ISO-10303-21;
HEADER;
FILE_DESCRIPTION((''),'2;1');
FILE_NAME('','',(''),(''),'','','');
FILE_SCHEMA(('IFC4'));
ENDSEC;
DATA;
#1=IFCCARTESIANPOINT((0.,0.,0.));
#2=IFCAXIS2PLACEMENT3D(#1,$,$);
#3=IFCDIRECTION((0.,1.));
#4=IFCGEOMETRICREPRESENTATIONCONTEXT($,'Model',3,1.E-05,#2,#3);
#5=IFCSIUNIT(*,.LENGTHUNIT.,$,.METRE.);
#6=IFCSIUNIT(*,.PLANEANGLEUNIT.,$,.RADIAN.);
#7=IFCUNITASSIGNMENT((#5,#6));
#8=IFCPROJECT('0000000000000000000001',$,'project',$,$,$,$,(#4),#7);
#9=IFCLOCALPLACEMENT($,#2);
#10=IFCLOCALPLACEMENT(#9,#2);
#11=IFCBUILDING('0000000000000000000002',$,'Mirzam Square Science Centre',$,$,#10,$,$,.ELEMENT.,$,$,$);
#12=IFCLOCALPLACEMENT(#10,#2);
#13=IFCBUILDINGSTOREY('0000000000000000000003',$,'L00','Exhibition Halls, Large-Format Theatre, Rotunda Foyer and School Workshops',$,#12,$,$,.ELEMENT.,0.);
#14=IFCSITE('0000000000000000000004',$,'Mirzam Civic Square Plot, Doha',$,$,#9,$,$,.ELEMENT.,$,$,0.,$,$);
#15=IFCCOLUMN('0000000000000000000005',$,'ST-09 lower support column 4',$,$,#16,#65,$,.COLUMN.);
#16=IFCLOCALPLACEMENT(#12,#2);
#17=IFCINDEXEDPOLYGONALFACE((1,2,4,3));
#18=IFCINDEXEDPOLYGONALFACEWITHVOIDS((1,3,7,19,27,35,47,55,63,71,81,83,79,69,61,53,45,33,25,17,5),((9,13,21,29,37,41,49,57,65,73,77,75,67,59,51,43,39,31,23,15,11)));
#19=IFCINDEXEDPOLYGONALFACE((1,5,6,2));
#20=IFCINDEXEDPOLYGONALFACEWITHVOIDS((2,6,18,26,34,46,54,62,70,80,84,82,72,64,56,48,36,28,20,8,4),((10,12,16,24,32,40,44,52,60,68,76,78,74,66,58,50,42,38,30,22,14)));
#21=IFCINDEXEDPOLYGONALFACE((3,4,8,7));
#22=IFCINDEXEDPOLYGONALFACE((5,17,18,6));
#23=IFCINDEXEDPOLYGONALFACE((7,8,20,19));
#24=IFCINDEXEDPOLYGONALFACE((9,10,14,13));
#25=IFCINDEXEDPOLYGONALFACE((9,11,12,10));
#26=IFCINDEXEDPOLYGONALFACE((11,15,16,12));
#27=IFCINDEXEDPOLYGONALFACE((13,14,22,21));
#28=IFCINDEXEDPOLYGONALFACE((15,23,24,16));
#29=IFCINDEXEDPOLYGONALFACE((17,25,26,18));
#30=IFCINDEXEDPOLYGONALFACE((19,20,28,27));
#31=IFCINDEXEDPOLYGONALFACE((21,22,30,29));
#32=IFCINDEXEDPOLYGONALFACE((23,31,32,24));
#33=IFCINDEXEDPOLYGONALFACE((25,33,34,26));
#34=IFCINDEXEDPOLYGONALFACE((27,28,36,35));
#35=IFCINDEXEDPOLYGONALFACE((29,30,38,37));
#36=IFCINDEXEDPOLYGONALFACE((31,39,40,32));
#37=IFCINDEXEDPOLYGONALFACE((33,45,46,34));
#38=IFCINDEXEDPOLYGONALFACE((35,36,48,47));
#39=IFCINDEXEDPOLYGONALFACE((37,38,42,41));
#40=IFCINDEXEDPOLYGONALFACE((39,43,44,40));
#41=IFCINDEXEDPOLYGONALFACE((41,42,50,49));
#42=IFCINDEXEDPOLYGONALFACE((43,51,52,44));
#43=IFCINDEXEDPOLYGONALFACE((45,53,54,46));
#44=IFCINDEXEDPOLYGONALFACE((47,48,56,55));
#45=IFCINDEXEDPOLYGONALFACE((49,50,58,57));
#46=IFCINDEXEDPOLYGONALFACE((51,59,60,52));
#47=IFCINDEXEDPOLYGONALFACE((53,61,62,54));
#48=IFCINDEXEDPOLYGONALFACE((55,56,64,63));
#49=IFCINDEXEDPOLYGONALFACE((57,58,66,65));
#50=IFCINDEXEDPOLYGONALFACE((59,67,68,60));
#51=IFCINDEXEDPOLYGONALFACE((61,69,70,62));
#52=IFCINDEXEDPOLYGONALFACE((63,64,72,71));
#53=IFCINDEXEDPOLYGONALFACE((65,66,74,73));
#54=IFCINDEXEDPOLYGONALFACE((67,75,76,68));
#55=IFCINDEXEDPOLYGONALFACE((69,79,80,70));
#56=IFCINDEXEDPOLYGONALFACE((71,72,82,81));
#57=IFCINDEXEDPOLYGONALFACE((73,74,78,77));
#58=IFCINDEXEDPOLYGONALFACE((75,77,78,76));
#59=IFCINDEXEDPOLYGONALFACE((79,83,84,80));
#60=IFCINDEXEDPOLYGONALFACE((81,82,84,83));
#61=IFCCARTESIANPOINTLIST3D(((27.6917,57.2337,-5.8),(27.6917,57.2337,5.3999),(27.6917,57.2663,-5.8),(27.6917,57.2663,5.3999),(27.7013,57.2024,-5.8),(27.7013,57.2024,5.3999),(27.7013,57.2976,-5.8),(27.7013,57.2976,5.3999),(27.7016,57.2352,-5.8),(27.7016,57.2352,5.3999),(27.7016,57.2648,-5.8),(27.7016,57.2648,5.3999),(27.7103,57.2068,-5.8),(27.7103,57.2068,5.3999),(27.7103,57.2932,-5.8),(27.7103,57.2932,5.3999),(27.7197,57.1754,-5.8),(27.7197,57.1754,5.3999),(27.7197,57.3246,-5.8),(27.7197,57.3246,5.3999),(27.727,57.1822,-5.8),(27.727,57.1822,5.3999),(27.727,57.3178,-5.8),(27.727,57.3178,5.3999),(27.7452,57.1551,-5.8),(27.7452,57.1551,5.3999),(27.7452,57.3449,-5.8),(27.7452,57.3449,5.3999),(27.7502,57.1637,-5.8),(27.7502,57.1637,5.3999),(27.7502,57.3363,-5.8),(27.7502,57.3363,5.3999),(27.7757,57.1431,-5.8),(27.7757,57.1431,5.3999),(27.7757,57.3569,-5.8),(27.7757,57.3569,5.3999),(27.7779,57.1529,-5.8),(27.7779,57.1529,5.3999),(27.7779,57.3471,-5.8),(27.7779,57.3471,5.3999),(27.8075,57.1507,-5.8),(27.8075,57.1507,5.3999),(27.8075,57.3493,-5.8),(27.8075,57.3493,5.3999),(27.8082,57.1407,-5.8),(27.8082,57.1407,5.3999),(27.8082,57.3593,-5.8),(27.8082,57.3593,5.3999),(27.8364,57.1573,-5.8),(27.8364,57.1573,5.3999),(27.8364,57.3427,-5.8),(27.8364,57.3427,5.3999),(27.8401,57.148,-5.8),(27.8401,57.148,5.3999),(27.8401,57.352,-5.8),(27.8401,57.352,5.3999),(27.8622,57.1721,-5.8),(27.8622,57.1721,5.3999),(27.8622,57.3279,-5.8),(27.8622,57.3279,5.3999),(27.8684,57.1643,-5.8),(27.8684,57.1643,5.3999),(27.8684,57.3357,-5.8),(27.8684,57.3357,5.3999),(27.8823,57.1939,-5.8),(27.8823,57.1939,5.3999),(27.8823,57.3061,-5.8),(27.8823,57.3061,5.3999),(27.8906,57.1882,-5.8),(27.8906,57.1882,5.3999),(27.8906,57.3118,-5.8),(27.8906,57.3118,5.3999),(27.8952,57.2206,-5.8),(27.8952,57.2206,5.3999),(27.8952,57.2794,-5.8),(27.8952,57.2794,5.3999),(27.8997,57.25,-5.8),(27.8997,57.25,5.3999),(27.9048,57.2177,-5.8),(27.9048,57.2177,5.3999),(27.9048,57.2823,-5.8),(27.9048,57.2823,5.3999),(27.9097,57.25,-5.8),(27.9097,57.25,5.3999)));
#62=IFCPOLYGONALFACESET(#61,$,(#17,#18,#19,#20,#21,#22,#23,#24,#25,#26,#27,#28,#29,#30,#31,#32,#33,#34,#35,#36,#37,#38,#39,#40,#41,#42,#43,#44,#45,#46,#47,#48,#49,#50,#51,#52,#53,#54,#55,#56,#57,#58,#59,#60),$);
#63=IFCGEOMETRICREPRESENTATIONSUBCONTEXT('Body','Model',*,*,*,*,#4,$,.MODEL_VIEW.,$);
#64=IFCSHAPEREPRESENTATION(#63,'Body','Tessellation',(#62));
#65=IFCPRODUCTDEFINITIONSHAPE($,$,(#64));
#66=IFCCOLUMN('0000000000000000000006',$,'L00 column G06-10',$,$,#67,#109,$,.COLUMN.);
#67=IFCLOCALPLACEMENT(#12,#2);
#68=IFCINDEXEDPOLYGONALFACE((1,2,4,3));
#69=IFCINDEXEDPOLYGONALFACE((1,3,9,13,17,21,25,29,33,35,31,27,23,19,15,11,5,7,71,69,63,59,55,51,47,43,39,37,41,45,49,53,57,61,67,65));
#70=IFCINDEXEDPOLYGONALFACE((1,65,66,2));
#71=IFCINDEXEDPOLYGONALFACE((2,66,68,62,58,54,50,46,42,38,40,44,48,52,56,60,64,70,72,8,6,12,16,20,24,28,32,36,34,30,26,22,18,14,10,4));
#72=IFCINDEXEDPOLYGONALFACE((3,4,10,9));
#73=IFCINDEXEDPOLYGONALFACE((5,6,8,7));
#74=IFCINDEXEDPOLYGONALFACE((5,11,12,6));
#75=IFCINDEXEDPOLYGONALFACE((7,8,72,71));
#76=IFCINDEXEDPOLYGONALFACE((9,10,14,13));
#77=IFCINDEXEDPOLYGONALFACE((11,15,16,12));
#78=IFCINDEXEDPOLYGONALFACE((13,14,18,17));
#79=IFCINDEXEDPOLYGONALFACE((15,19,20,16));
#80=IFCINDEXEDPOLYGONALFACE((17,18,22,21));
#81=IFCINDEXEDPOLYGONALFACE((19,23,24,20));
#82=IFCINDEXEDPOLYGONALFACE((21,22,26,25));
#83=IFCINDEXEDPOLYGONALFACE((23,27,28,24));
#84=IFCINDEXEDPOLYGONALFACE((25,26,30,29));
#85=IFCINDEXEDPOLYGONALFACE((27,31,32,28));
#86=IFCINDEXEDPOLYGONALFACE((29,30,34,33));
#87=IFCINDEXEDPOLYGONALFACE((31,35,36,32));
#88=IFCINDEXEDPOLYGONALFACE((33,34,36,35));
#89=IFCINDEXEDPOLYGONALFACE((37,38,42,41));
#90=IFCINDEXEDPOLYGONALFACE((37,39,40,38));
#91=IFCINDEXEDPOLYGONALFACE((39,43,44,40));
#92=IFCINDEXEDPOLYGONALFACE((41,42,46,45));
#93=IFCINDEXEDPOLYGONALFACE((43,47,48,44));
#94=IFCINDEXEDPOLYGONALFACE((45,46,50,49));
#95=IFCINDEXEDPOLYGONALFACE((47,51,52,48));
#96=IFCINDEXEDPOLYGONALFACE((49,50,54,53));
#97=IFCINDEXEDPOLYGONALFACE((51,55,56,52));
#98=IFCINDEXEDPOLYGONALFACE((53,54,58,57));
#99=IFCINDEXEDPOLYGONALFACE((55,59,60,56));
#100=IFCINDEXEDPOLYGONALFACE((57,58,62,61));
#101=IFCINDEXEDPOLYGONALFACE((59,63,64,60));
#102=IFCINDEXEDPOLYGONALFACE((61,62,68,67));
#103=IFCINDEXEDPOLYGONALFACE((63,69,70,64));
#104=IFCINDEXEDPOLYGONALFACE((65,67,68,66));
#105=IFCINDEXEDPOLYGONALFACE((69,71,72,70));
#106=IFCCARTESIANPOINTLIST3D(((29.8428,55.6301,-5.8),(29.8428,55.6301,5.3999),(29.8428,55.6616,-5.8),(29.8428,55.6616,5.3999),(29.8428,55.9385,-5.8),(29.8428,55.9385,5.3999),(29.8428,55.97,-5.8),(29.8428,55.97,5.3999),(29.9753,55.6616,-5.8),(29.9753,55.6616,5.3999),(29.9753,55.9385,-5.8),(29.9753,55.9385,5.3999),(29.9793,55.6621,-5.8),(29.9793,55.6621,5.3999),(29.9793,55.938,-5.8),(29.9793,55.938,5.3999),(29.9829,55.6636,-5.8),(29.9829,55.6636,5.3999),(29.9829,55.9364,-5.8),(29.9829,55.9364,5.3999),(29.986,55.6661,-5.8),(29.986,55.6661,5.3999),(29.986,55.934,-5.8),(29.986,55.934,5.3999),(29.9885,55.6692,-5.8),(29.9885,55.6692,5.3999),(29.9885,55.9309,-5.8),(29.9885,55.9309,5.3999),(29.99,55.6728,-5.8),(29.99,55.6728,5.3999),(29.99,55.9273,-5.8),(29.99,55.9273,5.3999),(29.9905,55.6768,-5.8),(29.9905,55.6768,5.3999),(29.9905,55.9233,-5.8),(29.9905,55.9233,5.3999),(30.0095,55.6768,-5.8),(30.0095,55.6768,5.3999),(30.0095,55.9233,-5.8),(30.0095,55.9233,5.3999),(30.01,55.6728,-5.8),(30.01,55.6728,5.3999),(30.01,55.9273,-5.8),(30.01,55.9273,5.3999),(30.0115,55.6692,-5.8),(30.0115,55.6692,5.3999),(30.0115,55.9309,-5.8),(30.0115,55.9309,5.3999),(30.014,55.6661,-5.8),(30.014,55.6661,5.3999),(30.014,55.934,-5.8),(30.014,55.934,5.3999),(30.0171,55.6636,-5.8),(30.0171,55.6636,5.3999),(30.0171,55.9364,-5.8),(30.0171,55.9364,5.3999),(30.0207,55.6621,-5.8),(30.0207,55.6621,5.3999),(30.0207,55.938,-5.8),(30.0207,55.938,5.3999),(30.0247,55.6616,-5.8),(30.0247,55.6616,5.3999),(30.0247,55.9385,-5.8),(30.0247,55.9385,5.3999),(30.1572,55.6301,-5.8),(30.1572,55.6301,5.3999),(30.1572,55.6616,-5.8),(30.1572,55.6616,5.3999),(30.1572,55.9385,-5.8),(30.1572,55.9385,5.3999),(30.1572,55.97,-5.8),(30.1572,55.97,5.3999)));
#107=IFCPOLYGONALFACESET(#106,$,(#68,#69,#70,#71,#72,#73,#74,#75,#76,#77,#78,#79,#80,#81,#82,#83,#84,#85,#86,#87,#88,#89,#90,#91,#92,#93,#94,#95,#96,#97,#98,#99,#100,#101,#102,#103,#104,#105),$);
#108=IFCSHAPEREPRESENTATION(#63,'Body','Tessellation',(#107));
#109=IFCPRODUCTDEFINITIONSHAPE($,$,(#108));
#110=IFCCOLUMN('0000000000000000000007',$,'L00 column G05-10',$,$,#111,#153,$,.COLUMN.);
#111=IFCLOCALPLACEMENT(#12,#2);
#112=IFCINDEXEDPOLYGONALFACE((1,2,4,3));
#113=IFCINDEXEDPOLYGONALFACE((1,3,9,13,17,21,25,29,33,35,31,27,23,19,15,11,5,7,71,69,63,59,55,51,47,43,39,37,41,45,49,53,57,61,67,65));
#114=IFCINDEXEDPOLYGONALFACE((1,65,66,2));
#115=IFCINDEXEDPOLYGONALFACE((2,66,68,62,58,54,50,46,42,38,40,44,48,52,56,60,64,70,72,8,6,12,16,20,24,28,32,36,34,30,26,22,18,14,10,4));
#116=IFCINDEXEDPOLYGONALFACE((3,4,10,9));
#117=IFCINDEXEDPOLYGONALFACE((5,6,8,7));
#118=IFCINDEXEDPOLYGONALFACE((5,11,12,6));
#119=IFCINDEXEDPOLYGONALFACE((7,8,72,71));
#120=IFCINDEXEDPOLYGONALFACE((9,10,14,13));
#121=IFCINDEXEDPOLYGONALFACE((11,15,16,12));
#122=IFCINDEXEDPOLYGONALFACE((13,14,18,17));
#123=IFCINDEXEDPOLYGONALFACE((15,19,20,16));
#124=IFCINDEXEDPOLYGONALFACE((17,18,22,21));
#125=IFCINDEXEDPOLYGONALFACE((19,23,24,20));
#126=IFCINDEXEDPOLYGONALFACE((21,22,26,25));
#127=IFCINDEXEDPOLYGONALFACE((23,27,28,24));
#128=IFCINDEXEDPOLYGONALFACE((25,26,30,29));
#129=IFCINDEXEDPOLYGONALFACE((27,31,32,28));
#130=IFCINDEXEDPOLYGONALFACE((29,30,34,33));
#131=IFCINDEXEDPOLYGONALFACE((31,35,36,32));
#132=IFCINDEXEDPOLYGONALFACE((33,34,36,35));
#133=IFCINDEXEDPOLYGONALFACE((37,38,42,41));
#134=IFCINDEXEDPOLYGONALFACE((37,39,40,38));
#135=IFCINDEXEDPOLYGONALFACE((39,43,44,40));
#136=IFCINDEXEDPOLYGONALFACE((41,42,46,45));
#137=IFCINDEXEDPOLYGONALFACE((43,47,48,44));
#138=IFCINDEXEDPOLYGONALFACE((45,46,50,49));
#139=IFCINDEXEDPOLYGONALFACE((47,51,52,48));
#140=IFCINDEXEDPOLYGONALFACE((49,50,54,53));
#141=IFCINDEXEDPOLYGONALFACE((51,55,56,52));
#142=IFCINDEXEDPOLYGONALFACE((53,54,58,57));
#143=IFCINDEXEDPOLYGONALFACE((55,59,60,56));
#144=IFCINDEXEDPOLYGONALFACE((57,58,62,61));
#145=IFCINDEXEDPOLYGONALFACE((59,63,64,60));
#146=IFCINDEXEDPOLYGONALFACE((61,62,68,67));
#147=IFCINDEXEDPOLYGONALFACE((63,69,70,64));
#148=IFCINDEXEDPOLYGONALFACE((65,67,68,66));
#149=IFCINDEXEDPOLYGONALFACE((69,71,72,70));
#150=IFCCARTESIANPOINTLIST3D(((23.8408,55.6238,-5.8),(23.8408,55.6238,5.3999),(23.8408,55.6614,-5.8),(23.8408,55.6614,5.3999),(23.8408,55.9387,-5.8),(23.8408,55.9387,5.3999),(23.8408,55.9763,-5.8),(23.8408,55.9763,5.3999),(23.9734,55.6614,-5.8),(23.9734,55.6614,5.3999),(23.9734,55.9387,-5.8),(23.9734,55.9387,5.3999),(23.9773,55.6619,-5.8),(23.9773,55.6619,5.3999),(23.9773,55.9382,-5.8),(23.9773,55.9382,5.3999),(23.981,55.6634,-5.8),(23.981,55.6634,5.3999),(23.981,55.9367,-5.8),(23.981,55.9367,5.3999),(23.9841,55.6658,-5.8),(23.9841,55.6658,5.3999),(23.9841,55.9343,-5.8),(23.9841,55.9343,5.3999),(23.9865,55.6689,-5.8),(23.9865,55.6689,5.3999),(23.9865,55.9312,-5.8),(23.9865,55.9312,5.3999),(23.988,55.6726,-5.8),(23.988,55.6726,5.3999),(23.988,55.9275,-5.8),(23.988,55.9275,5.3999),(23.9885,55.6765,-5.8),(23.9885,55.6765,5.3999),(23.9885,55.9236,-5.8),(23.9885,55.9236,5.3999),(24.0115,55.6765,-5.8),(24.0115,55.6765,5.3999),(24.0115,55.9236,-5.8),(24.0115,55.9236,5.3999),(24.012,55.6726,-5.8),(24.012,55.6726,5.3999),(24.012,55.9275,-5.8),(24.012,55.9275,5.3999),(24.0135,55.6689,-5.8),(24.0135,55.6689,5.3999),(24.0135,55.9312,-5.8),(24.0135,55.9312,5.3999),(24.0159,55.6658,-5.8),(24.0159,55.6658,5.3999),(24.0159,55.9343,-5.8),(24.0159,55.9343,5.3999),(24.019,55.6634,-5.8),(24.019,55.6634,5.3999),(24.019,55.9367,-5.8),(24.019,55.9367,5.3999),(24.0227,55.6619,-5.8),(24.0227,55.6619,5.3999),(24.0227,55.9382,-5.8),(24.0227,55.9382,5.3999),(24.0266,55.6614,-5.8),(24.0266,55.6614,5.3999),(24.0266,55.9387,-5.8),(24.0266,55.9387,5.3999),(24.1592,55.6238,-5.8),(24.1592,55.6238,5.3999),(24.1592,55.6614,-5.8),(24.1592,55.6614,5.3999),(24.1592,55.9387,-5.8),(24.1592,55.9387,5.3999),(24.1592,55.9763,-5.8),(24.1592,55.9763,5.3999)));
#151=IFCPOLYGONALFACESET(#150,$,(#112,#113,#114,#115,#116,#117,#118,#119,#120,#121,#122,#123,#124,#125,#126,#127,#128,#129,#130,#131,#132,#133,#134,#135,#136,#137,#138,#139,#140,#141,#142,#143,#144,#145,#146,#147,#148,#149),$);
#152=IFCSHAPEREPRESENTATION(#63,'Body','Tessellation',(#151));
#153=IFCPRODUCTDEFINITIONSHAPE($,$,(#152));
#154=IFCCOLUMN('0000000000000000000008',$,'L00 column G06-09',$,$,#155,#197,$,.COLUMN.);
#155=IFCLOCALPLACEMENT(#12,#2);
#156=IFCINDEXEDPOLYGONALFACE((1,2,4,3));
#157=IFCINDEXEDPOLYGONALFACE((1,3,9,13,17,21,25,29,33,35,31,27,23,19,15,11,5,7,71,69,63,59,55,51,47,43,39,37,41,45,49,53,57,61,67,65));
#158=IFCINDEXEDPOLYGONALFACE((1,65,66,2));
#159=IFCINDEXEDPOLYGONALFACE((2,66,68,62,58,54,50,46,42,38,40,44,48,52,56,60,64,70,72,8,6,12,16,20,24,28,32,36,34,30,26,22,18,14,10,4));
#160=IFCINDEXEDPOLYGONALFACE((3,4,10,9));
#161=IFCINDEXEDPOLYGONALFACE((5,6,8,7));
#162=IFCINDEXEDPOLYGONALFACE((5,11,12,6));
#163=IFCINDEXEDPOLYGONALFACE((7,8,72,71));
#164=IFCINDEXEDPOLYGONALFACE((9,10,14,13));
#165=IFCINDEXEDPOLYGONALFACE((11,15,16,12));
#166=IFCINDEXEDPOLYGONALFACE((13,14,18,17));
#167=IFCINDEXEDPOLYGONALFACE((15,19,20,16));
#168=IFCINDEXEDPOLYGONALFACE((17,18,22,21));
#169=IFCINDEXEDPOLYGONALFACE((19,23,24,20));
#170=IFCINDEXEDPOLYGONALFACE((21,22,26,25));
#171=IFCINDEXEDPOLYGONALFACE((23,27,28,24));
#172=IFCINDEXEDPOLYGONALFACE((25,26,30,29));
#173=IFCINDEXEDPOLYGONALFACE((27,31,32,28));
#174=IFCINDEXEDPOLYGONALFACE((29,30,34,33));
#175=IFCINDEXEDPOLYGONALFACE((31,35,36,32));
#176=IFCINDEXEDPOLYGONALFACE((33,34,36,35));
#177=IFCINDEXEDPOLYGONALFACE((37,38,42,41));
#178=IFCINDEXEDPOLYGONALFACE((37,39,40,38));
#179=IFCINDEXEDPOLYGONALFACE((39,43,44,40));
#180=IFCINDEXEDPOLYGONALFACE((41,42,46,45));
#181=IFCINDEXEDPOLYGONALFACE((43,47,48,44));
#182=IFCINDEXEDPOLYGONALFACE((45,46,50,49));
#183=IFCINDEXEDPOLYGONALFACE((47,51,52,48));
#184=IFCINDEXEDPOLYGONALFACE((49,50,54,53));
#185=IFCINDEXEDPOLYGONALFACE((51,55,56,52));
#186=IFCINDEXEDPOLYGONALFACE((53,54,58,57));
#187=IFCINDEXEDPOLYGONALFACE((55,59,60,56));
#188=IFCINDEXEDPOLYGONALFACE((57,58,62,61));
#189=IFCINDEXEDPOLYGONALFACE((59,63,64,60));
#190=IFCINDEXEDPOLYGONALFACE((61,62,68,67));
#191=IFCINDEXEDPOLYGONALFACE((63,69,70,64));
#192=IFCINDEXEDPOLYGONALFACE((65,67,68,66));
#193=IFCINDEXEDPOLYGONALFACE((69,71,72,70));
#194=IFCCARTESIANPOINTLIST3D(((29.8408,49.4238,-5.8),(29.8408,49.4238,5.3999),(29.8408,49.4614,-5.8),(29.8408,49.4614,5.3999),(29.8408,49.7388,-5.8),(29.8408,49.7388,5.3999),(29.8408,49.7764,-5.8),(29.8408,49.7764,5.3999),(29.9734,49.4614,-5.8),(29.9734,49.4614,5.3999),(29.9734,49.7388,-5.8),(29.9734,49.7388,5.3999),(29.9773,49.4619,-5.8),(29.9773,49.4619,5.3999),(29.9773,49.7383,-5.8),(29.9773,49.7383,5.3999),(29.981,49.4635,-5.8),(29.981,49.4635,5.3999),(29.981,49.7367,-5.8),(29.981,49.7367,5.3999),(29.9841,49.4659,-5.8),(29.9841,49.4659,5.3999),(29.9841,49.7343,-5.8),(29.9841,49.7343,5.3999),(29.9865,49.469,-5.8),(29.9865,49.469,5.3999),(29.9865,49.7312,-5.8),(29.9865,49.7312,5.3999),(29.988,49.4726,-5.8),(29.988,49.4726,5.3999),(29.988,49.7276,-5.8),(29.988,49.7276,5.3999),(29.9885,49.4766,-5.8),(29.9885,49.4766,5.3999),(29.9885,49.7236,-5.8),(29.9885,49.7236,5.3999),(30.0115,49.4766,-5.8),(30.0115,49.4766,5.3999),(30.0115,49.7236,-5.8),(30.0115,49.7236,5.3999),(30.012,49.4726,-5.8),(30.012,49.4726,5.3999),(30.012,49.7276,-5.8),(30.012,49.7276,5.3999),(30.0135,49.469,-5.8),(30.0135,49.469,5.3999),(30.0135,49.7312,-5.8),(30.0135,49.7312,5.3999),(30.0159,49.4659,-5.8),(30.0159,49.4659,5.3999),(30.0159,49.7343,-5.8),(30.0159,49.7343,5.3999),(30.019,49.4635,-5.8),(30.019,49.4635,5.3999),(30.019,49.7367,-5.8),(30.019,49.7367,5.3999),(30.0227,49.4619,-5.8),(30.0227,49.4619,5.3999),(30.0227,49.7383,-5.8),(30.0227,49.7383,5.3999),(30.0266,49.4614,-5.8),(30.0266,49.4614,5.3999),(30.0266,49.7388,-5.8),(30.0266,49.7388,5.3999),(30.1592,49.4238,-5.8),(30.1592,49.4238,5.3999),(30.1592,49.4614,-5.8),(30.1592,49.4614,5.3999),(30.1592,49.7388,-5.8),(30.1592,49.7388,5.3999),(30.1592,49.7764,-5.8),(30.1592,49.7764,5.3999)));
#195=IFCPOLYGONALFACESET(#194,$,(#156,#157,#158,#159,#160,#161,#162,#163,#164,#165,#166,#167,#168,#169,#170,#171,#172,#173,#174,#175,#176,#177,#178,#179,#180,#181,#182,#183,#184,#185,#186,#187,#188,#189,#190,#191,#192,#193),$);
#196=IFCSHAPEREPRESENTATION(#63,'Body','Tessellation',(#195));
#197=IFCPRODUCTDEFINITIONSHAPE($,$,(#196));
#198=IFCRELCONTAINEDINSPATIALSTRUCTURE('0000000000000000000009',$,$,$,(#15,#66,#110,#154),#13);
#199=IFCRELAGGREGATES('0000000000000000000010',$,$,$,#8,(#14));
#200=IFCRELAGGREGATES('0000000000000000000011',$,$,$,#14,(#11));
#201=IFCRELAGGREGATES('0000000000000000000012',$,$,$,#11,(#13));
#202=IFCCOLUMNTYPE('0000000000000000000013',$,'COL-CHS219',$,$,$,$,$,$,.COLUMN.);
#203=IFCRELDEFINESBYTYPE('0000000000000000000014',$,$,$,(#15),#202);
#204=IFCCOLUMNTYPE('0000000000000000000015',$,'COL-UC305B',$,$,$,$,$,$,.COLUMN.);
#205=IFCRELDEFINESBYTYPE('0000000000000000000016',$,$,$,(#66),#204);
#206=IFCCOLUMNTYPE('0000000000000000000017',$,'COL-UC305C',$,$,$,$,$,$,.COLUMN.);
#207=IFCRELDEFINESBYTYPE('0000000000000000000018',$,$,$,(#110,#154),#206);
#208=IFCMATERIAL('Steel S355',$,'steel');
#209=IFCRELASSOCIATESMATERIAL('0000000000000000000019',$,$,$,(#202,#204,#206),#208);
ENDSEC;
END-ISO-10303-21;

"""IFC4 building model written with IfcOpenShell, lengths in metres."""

from ifc_helpers import new_model, si_unit, direction, frame, origin, origin_2d, place, context, subcontext, project, spatial, hollow_circle, i_section, extrude, material, material_profile, profile_set, type_object, element, save


model = new_model("IFC4")

# Units and contexts
model_context = context("Model", 3, precision=1e-05, world=origin(), true_north=direction((0.0, 1.0)))
body_context = subcontext(model_context, "Body", "Model", "MODEL_VIEW")
ifc_project = project(units=[si_unit("LENGTHUNIT", "METRE"), si_unit("PLANEANGLEUNIT", "RADIAN")], contexts=[model_context])

# Site, building, storey
site_placement = place(None, origin())
site = spatial("IfcSite", under=ifc_project, at=site_placement, Name="Mirzam Civic Square Plot, Doha", CompositionType="ELEMENT", RefElevation=0.0)
building_placement = place(site_placement, origin())
building = spatial("IfcBuilding", under=site, at=building_placement, Name="Mirzam Square Science Centre", CompositionType="ELEMENT")
storey_placement = place(building_placement, origin())
storey = spatial("IfcBuildingStorey", under=building, at=storey_placement, Name="L00", Description="Exhibition Halls, Large-Format Theatre, Rotunda Foyer and School Workshops", CompositionType="ELEMENT", Elevation=0.0)

# Columns
ifc_material_1 = material(Name="Steel S355", Category="steel")
ifc_material_profile_1 = material_profile(ifc_material_1, hollow_circle(Radius=0.1096, WallThickness=0.01, at=origin_2d()), Name="219.1x10.0CHS")
ifc_profile_set_1 = profile_set([ifc_material_profile_1], Name="Steel S355")
column_type_1 = type_object("IfcColumnType", Name="COL-CHS219", PredefinedType="COLUMN", material=ifc_profile_set_1)
for number, where, z_axis, x_axis, name in (
    (1, (27.8, 57.25, -5.8), (0.0, 0.0, 1.0), (1.0, 0.0, 0.0), "ST-09 lower support column 4"),
):
    element("IfcColumn", number, at=place(storey_placement, frame(where, z_axis=z_axis, x_axis=x_axis)), inside=storey, type_object=column_type_1, Name=name, PredefinedType="COLUMN", context=body_context, shape_type="SweptSolid", body=[
        extrude(hollow_circle(Radius=0.1096, WallThickness=0.01, at=origin_2d()), origin(), (0.0, 0.0, 1.0), 11.2),
    ])
ifc_material_profile_2 = material_profile(ifc_material_1, i_section(OverallWidth=0.3145, OverallDepth=0.3398, WebThickness=0.019, FlangeThickness=0.0315, FilletRadius=0.0151, at=origin_2d()), Name="305x305x198UC")
ifc_profile_set_2 = profile_set([ifc_material_profile_2], Name="Steel S355")
column_type_2 = type_object("IfcColumnType", Name="COL-UC305B", PredefinedType="COLUMN", material=ifc_profile_set_2)
column_placement = place(storey_placement, frame((30.0, 55.8, -5.8), z_axis=(0.0, 0.0, 1.0), x_axis=(1.0, 0.0, 0.0)))
element("IfcColumn", 2, at=column_placement, inside=storey, type_object=column_type_2, Name="L00 column G06-10", PredefinedType="COLUMN", context=body_context, shape_type="SweptSolid", body=[
    extrude(i_section(OverallWidth=0.3145, OverallDepth=0.3398, WebThickness=0.019, FlangeThickness=0.0315, FilletRadius=0.0151, at=origin_2d()), origin(), (0.0, 0.0, 1.0), 11.2),
])
ifc_material_profile_3 = material_profile(ifc_material_1, i_section(OverallWidth=0.3184, OverallDepth=0.3525, WebThickness=0.0229, FlangeThickness=0.0376, FilletRadius=0.0151, at=origin_2d()), Name="305x305x240UC")
ifc_profile_set_3 = profile_set([ifc_material_profile_3], Name="Steel S355")
column_type_3 = type_object("IfcColumnType", Name="COL-UC305C", PredefinedType="COLUMN", material=ifc_profile_set_3)
for number, where, z_axis, x_axis, name in (
    (3, (24.0, 55.8, -5.8), (0.0, 0.0, 1.0), (1.0, 0.0, 0.0), "L00 column G05-10"),
    (4, (30.0, 49.6001, -5.8), (0.0, 0.0, 1.0), (1.0, 0.0, 0.0), "L00 column G06-09"),
):
    element("IfcColumn", number, at=place(storey_placement, frame(where, z_axis=z_axis, x_axis=x_axis)), inside=storey, type_object=column_type_3, Name=name, PredefinedType="COLUMN", context=body_context, shape_type="SweptSolid", body=[
        extrude(i_section(OverallWidth=0.3184, OverallDepth=0.3525, WebThickness=0.0229, FlangeThickness=0.0376, FilletRadius=0.0151, at=origin_2d()), origin(), (0.0, 0.0, 1.0), 11.2),
    ])

save(model, "model.ifc")
